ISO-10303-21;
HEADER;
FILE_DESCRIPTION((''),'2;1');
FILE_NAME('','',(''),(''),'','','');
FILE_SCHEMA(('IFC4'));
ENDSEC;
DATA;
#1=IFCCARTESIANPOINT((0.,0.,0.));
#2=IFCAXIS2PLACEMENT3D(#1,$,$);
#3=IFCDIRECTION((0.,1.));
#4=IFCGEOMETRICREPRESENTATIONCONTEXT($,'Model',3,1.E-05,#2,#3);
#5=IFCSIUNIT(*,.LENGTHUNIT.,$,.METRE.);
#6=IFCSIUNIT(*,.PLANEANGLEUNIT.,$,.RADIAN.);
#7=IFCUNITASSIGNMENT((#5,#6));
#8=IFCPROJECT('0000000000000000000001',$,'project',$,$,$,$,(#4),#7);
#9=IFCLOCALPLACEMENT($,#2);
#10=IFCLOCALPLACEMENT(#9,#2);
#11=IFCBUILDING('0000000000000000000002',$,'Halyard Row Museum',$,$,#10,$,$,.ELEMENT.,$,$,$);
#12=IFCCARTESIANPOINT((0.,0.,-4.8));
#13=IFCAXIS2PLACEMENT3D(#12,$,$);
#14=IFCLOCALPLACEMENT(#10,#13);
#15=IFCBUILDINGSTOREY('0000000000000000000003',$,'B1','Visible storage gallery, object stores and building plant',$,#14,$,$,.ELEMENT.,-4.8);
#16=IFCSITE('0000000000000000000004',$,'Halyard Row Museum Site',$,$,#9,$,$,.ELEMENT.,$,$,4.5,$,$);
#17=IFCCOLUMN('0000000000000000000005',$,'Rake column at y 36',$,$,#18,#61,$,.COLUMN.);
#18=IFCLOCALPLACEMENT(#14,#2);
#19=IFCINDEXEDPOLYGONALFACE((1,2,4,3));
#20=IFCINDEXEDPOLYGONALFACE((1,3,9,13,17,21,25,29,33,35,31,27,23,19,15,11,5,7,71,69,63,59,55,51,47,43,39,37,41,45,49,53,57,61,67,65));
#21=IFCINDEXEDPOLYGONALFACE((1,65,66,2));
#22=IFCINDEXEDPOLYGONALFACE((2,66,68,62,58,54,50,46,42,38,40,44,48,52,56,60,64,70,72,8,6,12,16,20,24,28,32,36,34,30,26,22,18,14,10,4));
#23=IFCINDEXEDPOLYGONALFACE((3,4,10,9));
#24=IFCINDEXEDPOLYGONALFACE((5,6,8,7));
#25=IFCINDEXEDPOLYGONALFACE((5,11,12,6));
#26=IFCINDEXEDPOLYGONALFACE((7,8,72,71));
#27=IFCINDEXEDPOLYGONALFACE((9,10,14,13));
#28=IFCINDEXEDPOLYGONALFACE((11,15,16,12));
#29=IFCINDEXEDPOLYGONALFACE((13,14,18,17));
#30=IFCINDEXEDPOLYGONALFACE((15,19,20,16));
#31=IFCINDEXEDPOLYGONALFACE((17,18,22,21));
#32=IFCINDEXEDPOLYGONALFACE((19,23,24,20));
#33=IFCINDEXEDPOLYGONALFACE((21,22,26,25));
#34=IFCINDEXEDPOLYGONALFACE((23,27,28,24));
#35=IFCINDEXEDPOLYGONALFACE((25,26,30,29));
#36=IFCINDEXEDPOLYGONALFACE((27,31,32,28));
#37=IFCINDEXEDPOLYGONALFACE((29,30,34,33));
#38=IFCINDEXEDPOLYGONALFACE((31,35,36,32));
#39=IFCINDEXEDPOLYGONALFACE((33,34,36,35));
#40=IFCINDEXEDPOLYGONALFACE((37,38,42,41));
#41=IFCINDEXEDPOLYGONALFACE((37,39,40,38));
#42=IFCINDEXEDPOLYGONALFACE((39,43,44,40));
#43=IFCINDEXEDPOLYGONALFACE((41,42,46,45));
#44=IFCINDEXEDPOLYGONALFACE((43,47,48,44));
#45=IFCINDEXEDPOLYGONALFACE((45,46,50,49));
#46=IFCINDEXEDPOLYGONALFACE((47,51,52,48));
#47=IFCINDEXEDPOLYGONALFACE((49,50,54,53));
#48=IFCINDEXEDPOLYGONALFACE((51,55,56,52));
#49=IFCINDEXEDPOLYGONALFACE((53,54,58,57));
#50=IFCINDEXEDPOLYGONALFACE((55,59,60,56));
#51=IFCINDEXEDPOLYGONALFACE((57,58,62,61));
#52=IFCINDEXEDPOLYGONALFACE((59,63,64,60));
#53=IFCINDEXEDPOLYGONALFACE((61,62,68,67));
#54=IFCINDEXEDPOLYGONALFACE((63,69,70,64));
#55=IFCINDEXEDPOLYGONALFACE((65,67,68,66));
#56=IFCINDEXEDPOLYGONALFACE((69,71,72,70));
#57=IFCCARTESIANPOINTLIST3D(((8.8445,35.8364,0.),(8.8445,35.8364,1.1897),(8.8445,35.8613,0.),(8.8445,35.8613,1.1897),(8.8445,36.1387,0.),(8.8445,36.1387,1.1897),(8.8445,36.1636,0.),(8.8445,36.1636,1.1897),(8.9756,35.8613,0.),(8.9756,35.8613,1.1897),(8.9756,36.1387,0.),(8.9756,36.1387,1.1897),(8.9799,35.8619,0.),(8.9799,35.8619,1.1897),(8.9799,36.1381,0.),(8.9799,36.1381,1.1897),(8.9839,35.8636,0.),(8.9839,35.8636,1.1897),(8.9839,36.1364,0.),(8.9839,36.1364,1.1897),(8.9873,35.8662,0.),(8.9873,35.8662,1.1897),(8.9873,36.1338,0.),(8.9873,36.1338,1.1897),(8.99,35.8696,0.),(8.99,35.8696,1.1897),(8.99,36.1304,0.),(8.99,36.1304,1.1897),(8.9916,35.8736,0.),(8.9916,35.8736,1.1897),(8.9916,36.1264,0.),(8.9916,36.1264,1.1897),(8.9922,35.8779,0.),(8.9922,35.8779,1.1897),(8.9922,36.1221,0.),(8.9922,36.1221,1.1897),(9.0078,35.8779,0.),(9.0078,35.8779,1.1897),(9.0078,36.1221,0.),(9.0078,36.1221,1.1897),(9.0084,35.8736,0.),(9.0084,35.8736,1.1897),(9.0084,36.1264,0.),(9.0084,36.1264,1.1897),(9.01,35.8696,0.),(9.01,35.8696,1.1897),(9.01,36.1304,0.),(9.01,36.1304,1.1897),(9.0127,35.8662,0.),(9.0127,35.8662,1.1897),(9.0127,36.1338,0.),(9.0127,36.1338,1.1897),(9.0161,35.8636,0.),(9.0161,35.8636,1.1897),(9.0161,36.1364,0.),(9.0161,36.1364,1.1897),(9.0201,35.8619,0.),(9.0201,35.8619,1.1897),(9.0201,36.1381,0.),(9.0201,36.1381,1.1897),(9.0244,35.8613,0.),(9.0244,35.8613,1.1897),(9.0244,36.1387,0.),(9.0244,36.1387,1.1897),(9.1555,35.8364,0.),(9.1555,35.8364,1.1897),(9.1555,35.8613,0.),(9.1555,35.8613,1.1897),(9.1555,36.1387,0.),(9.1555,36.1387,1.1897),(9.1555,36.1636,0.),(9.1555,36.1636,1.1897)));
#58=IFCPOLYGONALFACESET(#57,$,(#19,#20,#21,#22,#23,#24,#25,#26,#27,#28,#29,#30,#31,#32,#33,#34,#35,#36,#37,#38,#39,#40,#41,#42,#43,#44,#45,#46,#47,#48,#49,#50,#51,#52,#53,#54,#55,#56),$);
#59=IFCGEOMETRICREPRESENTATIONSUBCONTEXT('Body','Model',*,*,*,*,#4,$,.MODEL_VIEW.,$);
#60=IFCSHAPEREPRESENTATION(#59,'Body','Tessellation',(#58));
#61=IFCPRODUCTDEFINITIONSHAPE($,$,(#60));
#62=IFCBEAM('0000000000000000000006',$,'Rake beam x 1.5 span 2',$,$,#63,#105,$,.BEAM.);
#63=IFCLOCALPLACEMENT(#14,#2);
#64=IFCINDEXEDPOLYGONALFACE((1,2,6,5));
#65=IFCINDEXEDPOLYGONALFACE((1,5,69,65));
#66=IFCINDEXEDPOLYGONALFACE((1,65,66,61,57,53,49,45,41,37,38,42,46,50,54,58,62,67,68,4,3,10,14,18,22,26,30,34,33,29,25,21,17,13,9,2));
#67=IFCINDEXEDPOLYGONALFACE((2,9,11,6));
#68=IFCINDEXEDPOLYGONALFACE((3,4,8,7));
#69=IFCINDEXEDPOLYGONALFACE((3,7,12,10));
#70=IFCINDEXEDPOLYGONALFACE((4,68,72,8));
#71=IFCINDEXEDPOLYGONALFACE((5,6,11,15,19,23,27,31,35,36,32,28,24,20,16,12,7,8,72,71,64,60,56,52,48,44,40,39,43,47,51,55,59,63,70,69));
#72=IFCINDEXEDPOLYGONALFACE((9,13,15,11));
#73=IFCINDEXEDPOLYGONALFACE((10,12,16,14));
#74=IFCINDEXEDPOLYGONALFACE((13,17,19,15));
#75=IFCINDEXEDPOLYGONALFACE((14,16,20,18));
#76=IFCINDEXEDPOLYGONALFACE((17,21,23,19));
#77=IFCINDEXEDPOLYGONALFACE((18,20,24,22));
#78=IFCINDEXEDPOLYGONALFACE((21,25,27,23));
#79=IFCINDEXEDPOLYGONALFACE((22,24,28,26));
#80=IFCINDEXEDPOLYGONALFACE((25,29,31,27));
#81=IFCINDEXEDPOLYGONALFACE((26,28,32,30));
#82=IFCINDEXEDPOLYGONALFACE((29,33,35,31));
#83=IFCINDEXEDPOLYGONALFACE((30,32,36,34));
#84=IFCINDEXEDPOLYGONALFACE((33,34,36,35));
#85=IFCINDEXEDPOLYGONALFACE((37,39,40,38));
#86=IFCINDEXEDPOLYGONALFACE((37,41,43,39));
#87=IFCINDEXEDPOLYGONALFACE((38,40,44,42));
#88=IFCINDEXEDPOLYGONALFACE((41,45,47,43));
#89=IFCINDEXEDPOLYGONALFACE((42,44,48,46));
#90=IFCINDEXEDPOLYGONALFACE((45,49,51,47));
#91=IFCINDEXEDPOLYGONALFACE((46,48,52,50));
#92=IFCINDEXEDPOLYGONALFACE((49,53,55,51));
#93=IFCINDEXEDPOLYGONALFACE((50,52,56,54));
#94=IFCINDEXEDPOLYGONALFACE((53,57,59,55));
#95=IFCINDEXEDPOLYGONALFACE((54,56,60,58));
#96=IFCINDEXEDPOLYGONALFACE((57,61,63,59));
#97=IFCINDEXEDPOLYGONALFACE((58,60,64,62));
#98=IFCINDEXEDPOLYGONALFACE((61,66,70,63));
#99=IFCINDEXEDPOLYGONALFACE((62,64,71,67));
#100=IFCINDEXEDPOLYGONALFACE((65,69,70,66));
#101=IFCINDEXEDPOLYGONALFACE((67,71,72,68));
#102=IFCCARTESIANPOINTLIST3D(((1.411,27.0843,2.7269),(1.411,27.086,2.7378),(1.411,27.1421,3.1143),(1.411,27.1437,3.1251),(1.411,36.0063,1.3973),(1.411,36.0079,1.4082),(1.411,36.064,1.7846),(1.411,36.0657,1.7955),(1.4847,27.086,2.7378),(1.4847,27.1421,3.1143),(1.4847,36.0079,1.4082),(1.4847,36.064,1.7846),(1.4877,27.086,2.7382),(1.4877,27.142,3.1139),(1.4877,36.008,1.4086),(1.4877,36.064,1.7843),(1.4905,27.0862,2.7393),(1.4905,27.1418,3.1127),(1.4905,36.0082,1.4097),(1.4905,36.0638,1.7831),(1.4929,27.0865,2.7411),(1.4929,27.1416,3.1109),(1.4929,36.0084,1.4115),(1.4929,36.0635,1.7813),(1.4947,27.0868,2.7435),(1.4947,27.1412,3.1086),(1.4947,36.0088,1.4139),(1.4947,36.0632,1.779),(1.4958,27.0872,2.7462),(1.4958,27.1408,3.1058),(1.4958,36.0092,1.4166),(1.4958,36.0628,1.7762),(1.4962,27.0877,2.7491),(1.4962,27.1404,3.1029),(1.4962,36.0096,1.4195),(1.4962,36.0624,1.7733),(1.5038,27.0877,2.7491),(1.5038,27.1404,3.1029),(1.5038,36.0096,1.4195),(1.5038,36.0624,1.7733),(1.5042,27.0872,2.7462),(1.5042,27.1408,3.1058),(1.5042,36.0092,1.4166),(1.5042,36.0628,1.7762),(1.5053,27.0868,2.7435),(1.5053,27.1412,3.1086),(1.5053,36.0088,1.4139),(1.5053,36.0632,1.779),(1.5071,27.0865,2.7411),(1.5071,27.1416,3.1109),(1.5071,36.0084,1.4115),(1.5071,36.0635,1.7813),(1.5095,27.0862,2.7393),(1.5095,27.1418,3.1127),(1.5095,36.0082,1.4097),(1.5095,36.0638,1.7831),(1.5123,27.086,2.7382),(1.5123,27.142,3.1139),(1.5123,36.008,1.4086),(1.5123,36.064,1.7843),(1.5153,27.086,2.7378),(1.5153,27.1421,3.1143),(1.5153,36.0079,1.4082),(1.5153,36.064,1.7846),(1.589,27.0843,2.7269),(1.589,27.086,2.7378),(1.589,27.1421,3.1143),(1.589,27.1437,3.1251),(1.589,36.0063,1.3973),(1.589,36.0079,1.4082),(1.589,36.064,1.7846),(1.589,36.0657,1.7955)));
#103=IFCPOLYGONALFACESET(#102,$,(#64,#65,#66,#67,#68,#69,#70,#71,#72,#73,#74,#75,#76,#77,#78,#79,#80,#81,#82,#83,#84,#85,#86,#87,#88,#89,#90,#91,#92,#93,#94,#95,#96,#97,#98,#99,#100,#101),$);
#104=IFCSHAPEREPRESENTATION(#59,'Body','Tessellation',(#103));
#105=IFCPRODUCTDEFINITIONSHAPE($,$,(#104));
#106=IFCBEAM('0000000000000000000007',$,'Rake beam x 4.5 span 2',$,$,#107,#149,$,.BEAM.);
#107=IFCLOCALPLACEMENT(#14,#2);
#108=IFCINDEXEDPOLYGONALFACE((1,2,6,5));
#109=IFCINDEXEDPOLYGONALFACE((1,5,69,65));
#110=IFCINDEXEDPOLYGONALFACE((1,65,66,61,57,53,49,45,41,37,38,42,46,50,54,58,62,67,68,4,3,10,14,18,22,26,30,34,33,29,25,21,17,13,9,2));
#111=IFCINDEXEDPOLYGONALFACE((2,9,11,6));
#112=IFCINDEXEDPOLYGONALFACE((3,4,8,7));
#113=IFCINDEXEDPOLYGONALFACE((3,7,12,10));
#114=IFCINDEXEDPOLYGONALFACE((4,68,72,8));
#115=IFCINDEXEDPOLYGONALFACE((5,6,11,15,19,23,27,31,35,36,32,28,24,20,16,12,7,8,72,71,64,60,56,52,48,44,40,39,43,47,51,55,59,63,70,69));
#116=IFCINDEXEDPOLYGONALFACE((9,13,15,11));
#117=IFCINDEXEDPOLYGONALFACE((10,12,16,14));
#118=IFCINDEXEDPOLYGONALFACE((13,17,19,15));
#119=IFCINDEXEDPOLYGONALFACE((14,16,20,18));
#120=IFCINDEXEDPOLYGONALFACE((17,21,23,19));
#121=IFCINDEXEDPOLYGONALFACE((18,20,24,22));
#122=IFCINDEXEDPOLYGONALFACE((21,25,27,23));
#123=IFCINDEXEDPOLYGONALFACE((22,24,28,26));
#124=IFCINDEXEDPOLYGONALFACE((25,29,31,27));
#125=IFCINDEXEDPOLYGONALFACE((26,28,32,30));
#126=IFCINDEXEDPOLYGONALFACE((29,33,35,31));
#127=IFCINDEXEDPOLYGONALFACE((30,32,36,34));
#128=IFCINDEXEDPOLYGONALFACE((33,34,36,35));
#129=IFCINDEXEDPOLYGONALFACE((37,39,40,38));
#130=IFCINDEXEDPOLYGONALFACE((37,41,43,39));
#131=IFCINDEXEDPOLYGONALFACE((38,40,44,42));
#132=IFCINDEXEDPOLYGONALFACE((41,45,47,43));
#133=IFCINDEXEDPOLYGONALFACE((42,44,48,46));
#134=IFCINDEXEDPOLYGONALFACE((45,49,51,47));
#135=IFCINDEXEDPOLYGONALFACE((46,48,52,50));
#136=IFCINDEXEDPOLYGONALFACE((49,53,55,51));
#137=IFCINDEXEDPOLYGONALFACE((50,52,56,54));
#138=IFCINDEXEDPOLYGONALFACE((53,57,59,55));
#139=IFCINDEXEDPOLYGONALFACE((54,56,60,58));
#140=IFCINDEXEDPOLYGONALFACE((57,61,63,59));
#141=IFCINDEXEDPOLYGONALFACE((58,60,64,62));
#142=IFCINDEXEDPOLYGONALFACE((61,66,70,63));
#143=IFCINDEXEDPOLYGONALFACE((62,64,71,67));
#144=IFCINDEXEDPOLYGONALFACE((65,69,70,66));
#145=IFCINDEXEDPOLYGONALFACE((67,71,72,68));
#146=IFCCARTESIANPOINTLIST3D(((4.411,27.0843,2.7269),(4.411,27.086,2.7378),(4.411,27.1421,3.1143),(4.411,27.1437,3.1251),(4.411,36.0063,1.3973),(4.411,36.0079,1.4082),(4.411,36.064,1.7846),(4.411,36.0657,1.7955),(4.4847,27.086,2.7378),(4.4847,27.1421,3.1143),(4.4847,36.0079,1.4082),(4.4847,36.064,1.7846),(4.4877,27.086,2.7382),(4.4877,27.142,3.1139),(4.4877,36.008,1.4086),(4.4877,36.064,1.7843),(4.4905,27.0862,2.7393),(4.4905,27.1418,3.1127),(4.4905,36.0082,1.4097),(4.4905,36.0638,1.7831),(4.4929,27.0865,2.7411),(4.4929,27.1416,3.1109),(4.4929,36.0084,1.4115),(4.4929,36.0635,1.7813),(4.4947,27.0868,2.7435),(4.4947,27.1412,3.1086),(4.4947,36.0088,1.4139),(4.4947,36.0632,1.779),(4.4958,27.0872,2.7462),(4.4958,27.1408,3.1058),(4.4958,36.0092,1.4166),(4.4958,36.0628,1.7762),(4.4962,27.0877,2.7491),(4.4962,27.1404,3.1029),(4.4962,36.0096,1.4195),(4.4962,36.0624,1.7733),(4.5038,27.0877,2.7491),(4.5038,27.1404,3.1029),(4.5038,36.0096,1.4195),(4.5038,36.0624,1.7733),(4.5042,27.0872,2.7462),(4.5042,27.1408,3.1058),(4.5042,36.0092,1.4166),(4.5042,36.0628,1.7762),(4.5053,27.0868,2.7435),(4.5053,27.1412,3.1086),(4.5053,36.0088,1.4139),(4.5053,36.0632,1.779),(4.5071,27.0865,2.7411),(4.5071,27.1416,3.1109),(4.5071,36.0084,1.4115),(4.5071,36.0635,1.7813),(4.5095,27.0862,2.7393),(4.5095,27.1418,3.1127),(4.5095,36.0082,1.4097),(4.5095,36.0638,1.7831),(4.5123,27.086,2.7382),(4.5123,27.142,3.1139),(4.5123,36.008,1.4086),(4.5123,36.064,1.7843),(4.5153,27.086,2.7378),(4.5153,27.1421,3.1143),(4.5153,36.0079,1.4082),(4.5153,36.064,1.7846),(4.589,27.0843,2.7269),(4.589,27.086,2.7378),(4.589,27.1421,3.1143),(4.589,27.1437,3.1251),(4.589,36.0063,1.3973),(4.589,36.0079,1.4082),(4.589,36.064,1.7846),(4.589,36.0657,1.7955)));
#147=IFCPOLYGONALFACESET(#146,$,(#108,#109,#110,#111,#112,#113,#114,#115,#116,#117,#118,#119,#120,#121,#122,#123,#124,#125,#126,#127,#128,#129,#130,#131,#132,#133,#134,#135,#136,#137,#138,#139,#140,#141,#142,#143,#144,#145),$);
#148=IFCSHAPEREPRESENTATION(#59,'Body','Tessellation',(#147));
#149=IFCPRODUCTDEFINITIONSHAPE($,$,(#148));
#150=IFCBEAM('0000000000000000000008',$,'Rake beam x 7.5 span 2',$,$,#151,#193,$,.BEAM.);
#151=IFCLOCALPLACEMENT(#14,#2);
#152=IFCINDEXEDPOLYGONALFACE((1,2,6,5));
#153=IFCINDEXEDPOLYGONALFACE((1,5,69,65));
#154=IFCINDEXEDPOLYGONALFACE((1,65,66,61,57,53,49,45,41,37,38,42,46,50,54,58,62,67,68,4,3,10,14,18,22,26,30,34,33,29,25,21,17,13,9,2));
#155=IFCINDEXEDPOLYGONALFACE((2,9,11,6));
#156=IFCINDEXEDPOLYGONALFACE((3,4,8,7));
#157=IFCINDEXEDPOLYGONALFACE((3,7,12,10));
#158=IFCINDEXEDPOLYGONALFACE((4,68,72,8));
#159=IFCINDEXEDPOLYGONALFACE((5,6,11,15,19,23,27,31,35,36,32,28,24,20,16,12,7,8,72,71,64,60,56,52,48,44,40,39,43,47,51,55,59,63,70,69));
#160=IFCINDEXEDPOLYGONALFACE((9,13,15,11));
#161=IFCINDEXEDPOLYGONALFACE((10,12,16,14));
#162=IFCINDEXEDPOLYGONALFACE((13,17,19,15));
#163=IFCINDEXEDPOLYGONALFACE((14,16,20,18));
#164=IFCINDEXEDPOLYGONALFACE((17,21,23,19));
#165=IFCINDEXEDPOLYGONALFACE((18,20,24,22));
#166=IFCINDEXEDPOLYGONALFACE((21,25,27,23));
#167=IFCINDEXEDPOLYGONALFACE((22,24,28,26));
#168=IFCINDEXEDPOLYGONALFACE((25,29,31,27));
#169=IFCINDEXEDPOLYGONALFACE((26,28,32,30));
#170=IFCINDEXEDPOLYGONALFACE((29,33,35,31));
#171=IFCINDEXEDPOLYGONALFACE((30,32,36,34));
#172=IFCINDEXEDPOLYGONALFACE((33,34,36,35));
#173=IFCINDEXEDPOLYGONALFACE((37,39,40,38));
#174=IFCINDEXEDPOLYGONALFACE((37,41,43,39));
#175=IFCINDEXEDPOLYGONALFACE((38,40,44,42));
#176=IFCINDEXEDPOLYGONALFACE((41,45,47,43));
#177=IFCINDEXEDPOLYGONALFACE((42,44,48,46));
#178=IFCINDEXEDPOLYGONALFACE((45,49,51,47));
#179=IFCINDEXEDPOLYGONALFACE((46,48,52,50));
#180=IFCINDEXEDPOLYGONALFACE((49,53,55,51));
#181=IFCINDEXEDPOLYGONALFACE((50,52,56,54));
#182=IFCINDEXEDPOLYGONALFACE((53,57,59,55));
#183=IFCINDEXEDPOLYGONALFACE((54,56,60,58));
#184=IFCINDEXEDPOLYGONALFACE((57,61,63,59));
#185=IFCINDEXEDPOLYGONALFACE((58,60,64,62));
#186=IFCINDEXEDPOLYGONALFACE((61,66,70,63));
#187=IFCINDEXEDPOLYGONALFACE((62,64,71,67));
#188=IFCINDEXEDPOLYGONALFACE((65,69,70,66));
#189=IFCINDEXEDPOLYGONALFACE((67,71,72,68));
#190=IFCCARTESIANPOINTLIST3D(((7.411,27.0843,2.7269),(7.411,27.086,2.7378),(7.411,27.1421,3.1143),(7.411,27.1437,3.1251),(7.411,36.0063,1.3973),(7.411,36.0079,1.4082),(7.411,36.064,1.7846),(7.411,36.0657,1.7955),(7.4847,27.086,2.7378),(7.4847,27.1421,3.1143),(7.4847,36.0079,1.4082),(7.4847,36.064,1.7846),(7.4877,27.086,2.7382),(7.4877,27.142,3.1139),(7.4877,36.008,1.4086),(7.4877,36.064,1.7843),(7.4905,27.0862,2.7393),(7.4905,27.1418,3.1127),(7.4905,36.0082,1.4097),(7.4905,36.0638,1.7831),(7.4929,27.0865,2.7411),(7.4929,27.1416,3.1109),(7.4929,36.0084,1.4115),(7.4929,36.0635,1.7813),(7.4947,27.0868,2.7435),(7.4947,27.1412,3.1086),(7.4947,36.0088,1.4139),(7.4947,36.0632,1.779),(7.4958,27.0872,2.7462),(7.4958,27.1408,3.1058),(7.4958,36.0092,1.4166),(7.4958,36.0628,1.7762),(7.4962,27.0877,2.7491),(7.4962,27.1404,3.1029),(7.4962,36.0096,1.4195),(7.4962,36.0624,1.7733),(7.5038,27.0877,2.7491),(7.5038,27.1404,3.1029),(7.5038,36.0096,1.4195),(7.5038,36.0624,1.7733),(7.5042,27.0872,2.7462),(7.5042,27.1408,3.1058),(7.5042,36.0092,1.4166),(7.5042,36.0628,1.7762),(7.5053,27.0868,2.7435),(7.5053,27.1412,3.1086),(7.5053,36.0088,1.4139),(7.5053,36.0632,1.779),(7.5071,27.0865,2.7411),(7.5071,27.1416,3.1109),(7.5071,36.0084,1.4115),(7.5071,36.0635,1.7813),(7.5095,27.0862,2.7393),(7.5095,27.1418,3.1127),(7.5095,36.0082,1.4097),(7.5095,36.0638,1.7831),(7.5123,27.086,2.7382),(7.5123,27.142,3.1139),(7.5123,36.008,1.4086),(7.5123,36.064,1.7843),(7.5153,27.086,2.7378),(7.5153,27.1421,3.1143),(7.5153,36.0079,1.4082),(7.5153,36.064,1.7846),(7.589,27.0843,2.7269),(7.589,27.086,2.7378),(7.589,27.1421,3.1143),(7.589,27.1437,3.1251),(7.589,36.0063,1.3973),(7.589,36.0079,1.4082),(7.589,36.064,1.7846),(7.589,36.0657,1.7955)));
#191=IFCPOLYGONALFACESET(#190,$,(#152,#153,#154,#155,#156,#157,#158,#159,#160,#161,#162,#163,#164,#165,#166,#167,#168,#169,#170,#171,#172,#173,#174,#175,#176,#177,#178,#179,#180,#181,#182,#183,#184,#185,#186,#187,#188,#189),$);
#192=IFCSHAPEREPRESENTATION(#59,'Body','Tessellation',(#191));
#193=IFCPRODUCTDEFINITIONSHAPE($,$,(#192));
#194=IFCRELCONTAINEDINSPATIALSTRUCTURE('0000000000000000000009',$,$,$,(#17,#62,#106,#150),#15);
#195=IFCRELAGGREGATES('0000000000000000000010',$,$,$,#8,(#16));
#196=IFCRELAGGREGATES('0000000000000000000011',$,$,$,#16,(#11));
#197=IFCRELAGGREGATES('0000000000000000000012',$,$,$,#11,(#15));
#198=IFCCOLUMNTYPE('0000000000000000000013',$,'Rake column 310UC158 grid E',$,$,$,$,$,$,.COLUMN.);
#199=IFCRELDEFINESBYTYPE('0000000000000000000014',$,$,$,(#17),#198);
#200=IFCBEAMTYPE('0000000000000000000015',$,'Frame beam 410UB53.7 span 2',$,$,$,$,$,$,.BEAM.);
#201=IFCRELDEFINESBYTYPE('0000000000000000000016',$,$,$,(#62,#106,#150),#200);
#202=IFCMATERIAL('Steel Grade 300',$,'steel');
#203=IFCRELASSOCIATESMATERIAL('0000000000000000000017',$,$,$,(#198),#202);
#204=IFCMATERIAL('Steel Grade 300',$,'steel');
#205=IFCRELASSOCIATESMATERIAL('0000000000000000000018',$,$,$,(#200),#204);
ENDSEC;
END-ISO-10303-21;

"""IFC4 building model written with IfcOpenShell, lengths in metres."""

from ifc_helpers import new_model, si_unit, direction, frame, origin, origin_2d, place, context, subcontext, project, spatial, i_section, extrude, material, material_profile, profile_set, type_object, element, save


model = new_model("IFC4")

# Units and contexts
model_context = context("Model", 3, precision=1e-05, world=origin(), true_north=direction((0.0, 1.0)))
body_context = subcontext(model_context, "Body", "Model", "MODEL_VIEW")
ifc_project = project(units=[si_unit("LENGTHUNIT", "METRE"), si_unit("PLANEANGLEUNIT", "RADIAN")], contexts=[model_context])

# Site, building, storey
site_placement = place(None, origin())
site = spatial("IfcSite", under=ifc_project, at=site_placement, Name="Halyard Row Museum Site", CompositionType="ELEMENT", RefElevation=4.5)
building_placement = place(site_placement, origin())
building = spatial("IfcBuilding", under=site, at=building_placement, Name="Halyard Row Museum", CompositionType="ELEMENT")
storey_placement = place(building_placement, frame((0.0, 0.0, -4.8)))
storey = spatial("IfcBuildingStorey", under=building, at=storey_placement, Name="B1", Description="Visible storage gallery, object stores and building plant", CompositionType="ELEMENT", Elevation=-4.8)

# Column
ifc_material_1 = material(Name="Steel Grade 300", Category="steel")
ifc_material_profile_1 = material_profile(ifc_material_1, i_section(OverallWidth=0.311, OverallDepth=0.3271, WebThickness=0.0156, FlangeThickness=0.0249, FilletRadius=0.0166, at=origin_2d()), Name="310UC158")
ifc_profile_set_1 = profile_set([ifc_material_profile_1], Name="Steel Grade 300")
column_type_1 = type_object("IfcColumnType", Name="Rake column 310UC158 grid E", PredefinedType="COLUMN", material=ifc_profile_set_1)
column_1_placement = place(storey_placement, frame((9.0, 36.0, 0.0), z_axis=(0.0, 0.0, 1.0), x_axis=(1.0, 0.0, 0.0)))
element("IfcColumn", 1, at=column_1_placement, inside=storey, type_object=column_type_1, Name="Rake column at y 36", PredefinedType="COLUMN", context=body_context, shape_type="SweptSolid", body=[
    extrude(i_section(OverallWidth=0.311, OverallDepth=0.3271, WebThickness=0.0156, FlangeThickness=0.0249, FilletRadius=0.0166, at=origin_2d()), origin(), (0.0, 0.0, 1.0), 1.1897),
])

# Beams
ifc_material_2 = material(Name="Steel Grade 300", Category="steel")
ifc_material_profile_2 = material_profile(ifc_material_2, i_section(OverallWidth=0.178, OverallDepth=0.4026, WebThickness=0.0076, FlangeThickness=0.011, FilletRadius=0.0115, at=origin_2d()), Name="410UB53.7")
ifc_profile_set_2 = profile_set([ifc_material_profile_2], Name="Steel Grade 300")
beam_type = type_object("IfcBeamType", Name="Frame beam 410UB53.7 span 2", PredefinedType="BEAM", material=ifc_profile_set_2)
for number, where, z_axis, x_axis, name in (
    (2, (1.5, 27.114, 2.926), (0.0, 0.989077, -0.147398), (-1.0, 0.0, 0.0), "Rake beam x 1.5 span 2"),
    (3, (4.5, 27.114, 2.926), (0.0, 0.989077, -0.147398), (-1.0, 0.0, 0.0), "Rake beam x 4.5 span 2"),
    (4, (7.5, 27.114, 2.926), (0.0, 0.989077, -0.147398), (-1.0, 0.0, 0.0), "Rake beam x 7.5 span 2"),
):
    element("IfcBeam", number, at=place(storey_placement, frame(where, z_axis=z_axis, x_axis=x_axis)), inside=storey, type_object=beam_type, Name=name, PredefinedType="BEAM", context=body_context, shape_type="SweptSolid", body=[
        extrude(i_section(OverallWidth=0.178, OverallDepth=0.4026, WebThickness=0.0076, FlangeThickness=0.011, FilletRadius=0.0115, at=origin_2d()), origin(), (0.0, 0.0, 1.0), 9.0205),
    ])

save(model, "model.ifc")
